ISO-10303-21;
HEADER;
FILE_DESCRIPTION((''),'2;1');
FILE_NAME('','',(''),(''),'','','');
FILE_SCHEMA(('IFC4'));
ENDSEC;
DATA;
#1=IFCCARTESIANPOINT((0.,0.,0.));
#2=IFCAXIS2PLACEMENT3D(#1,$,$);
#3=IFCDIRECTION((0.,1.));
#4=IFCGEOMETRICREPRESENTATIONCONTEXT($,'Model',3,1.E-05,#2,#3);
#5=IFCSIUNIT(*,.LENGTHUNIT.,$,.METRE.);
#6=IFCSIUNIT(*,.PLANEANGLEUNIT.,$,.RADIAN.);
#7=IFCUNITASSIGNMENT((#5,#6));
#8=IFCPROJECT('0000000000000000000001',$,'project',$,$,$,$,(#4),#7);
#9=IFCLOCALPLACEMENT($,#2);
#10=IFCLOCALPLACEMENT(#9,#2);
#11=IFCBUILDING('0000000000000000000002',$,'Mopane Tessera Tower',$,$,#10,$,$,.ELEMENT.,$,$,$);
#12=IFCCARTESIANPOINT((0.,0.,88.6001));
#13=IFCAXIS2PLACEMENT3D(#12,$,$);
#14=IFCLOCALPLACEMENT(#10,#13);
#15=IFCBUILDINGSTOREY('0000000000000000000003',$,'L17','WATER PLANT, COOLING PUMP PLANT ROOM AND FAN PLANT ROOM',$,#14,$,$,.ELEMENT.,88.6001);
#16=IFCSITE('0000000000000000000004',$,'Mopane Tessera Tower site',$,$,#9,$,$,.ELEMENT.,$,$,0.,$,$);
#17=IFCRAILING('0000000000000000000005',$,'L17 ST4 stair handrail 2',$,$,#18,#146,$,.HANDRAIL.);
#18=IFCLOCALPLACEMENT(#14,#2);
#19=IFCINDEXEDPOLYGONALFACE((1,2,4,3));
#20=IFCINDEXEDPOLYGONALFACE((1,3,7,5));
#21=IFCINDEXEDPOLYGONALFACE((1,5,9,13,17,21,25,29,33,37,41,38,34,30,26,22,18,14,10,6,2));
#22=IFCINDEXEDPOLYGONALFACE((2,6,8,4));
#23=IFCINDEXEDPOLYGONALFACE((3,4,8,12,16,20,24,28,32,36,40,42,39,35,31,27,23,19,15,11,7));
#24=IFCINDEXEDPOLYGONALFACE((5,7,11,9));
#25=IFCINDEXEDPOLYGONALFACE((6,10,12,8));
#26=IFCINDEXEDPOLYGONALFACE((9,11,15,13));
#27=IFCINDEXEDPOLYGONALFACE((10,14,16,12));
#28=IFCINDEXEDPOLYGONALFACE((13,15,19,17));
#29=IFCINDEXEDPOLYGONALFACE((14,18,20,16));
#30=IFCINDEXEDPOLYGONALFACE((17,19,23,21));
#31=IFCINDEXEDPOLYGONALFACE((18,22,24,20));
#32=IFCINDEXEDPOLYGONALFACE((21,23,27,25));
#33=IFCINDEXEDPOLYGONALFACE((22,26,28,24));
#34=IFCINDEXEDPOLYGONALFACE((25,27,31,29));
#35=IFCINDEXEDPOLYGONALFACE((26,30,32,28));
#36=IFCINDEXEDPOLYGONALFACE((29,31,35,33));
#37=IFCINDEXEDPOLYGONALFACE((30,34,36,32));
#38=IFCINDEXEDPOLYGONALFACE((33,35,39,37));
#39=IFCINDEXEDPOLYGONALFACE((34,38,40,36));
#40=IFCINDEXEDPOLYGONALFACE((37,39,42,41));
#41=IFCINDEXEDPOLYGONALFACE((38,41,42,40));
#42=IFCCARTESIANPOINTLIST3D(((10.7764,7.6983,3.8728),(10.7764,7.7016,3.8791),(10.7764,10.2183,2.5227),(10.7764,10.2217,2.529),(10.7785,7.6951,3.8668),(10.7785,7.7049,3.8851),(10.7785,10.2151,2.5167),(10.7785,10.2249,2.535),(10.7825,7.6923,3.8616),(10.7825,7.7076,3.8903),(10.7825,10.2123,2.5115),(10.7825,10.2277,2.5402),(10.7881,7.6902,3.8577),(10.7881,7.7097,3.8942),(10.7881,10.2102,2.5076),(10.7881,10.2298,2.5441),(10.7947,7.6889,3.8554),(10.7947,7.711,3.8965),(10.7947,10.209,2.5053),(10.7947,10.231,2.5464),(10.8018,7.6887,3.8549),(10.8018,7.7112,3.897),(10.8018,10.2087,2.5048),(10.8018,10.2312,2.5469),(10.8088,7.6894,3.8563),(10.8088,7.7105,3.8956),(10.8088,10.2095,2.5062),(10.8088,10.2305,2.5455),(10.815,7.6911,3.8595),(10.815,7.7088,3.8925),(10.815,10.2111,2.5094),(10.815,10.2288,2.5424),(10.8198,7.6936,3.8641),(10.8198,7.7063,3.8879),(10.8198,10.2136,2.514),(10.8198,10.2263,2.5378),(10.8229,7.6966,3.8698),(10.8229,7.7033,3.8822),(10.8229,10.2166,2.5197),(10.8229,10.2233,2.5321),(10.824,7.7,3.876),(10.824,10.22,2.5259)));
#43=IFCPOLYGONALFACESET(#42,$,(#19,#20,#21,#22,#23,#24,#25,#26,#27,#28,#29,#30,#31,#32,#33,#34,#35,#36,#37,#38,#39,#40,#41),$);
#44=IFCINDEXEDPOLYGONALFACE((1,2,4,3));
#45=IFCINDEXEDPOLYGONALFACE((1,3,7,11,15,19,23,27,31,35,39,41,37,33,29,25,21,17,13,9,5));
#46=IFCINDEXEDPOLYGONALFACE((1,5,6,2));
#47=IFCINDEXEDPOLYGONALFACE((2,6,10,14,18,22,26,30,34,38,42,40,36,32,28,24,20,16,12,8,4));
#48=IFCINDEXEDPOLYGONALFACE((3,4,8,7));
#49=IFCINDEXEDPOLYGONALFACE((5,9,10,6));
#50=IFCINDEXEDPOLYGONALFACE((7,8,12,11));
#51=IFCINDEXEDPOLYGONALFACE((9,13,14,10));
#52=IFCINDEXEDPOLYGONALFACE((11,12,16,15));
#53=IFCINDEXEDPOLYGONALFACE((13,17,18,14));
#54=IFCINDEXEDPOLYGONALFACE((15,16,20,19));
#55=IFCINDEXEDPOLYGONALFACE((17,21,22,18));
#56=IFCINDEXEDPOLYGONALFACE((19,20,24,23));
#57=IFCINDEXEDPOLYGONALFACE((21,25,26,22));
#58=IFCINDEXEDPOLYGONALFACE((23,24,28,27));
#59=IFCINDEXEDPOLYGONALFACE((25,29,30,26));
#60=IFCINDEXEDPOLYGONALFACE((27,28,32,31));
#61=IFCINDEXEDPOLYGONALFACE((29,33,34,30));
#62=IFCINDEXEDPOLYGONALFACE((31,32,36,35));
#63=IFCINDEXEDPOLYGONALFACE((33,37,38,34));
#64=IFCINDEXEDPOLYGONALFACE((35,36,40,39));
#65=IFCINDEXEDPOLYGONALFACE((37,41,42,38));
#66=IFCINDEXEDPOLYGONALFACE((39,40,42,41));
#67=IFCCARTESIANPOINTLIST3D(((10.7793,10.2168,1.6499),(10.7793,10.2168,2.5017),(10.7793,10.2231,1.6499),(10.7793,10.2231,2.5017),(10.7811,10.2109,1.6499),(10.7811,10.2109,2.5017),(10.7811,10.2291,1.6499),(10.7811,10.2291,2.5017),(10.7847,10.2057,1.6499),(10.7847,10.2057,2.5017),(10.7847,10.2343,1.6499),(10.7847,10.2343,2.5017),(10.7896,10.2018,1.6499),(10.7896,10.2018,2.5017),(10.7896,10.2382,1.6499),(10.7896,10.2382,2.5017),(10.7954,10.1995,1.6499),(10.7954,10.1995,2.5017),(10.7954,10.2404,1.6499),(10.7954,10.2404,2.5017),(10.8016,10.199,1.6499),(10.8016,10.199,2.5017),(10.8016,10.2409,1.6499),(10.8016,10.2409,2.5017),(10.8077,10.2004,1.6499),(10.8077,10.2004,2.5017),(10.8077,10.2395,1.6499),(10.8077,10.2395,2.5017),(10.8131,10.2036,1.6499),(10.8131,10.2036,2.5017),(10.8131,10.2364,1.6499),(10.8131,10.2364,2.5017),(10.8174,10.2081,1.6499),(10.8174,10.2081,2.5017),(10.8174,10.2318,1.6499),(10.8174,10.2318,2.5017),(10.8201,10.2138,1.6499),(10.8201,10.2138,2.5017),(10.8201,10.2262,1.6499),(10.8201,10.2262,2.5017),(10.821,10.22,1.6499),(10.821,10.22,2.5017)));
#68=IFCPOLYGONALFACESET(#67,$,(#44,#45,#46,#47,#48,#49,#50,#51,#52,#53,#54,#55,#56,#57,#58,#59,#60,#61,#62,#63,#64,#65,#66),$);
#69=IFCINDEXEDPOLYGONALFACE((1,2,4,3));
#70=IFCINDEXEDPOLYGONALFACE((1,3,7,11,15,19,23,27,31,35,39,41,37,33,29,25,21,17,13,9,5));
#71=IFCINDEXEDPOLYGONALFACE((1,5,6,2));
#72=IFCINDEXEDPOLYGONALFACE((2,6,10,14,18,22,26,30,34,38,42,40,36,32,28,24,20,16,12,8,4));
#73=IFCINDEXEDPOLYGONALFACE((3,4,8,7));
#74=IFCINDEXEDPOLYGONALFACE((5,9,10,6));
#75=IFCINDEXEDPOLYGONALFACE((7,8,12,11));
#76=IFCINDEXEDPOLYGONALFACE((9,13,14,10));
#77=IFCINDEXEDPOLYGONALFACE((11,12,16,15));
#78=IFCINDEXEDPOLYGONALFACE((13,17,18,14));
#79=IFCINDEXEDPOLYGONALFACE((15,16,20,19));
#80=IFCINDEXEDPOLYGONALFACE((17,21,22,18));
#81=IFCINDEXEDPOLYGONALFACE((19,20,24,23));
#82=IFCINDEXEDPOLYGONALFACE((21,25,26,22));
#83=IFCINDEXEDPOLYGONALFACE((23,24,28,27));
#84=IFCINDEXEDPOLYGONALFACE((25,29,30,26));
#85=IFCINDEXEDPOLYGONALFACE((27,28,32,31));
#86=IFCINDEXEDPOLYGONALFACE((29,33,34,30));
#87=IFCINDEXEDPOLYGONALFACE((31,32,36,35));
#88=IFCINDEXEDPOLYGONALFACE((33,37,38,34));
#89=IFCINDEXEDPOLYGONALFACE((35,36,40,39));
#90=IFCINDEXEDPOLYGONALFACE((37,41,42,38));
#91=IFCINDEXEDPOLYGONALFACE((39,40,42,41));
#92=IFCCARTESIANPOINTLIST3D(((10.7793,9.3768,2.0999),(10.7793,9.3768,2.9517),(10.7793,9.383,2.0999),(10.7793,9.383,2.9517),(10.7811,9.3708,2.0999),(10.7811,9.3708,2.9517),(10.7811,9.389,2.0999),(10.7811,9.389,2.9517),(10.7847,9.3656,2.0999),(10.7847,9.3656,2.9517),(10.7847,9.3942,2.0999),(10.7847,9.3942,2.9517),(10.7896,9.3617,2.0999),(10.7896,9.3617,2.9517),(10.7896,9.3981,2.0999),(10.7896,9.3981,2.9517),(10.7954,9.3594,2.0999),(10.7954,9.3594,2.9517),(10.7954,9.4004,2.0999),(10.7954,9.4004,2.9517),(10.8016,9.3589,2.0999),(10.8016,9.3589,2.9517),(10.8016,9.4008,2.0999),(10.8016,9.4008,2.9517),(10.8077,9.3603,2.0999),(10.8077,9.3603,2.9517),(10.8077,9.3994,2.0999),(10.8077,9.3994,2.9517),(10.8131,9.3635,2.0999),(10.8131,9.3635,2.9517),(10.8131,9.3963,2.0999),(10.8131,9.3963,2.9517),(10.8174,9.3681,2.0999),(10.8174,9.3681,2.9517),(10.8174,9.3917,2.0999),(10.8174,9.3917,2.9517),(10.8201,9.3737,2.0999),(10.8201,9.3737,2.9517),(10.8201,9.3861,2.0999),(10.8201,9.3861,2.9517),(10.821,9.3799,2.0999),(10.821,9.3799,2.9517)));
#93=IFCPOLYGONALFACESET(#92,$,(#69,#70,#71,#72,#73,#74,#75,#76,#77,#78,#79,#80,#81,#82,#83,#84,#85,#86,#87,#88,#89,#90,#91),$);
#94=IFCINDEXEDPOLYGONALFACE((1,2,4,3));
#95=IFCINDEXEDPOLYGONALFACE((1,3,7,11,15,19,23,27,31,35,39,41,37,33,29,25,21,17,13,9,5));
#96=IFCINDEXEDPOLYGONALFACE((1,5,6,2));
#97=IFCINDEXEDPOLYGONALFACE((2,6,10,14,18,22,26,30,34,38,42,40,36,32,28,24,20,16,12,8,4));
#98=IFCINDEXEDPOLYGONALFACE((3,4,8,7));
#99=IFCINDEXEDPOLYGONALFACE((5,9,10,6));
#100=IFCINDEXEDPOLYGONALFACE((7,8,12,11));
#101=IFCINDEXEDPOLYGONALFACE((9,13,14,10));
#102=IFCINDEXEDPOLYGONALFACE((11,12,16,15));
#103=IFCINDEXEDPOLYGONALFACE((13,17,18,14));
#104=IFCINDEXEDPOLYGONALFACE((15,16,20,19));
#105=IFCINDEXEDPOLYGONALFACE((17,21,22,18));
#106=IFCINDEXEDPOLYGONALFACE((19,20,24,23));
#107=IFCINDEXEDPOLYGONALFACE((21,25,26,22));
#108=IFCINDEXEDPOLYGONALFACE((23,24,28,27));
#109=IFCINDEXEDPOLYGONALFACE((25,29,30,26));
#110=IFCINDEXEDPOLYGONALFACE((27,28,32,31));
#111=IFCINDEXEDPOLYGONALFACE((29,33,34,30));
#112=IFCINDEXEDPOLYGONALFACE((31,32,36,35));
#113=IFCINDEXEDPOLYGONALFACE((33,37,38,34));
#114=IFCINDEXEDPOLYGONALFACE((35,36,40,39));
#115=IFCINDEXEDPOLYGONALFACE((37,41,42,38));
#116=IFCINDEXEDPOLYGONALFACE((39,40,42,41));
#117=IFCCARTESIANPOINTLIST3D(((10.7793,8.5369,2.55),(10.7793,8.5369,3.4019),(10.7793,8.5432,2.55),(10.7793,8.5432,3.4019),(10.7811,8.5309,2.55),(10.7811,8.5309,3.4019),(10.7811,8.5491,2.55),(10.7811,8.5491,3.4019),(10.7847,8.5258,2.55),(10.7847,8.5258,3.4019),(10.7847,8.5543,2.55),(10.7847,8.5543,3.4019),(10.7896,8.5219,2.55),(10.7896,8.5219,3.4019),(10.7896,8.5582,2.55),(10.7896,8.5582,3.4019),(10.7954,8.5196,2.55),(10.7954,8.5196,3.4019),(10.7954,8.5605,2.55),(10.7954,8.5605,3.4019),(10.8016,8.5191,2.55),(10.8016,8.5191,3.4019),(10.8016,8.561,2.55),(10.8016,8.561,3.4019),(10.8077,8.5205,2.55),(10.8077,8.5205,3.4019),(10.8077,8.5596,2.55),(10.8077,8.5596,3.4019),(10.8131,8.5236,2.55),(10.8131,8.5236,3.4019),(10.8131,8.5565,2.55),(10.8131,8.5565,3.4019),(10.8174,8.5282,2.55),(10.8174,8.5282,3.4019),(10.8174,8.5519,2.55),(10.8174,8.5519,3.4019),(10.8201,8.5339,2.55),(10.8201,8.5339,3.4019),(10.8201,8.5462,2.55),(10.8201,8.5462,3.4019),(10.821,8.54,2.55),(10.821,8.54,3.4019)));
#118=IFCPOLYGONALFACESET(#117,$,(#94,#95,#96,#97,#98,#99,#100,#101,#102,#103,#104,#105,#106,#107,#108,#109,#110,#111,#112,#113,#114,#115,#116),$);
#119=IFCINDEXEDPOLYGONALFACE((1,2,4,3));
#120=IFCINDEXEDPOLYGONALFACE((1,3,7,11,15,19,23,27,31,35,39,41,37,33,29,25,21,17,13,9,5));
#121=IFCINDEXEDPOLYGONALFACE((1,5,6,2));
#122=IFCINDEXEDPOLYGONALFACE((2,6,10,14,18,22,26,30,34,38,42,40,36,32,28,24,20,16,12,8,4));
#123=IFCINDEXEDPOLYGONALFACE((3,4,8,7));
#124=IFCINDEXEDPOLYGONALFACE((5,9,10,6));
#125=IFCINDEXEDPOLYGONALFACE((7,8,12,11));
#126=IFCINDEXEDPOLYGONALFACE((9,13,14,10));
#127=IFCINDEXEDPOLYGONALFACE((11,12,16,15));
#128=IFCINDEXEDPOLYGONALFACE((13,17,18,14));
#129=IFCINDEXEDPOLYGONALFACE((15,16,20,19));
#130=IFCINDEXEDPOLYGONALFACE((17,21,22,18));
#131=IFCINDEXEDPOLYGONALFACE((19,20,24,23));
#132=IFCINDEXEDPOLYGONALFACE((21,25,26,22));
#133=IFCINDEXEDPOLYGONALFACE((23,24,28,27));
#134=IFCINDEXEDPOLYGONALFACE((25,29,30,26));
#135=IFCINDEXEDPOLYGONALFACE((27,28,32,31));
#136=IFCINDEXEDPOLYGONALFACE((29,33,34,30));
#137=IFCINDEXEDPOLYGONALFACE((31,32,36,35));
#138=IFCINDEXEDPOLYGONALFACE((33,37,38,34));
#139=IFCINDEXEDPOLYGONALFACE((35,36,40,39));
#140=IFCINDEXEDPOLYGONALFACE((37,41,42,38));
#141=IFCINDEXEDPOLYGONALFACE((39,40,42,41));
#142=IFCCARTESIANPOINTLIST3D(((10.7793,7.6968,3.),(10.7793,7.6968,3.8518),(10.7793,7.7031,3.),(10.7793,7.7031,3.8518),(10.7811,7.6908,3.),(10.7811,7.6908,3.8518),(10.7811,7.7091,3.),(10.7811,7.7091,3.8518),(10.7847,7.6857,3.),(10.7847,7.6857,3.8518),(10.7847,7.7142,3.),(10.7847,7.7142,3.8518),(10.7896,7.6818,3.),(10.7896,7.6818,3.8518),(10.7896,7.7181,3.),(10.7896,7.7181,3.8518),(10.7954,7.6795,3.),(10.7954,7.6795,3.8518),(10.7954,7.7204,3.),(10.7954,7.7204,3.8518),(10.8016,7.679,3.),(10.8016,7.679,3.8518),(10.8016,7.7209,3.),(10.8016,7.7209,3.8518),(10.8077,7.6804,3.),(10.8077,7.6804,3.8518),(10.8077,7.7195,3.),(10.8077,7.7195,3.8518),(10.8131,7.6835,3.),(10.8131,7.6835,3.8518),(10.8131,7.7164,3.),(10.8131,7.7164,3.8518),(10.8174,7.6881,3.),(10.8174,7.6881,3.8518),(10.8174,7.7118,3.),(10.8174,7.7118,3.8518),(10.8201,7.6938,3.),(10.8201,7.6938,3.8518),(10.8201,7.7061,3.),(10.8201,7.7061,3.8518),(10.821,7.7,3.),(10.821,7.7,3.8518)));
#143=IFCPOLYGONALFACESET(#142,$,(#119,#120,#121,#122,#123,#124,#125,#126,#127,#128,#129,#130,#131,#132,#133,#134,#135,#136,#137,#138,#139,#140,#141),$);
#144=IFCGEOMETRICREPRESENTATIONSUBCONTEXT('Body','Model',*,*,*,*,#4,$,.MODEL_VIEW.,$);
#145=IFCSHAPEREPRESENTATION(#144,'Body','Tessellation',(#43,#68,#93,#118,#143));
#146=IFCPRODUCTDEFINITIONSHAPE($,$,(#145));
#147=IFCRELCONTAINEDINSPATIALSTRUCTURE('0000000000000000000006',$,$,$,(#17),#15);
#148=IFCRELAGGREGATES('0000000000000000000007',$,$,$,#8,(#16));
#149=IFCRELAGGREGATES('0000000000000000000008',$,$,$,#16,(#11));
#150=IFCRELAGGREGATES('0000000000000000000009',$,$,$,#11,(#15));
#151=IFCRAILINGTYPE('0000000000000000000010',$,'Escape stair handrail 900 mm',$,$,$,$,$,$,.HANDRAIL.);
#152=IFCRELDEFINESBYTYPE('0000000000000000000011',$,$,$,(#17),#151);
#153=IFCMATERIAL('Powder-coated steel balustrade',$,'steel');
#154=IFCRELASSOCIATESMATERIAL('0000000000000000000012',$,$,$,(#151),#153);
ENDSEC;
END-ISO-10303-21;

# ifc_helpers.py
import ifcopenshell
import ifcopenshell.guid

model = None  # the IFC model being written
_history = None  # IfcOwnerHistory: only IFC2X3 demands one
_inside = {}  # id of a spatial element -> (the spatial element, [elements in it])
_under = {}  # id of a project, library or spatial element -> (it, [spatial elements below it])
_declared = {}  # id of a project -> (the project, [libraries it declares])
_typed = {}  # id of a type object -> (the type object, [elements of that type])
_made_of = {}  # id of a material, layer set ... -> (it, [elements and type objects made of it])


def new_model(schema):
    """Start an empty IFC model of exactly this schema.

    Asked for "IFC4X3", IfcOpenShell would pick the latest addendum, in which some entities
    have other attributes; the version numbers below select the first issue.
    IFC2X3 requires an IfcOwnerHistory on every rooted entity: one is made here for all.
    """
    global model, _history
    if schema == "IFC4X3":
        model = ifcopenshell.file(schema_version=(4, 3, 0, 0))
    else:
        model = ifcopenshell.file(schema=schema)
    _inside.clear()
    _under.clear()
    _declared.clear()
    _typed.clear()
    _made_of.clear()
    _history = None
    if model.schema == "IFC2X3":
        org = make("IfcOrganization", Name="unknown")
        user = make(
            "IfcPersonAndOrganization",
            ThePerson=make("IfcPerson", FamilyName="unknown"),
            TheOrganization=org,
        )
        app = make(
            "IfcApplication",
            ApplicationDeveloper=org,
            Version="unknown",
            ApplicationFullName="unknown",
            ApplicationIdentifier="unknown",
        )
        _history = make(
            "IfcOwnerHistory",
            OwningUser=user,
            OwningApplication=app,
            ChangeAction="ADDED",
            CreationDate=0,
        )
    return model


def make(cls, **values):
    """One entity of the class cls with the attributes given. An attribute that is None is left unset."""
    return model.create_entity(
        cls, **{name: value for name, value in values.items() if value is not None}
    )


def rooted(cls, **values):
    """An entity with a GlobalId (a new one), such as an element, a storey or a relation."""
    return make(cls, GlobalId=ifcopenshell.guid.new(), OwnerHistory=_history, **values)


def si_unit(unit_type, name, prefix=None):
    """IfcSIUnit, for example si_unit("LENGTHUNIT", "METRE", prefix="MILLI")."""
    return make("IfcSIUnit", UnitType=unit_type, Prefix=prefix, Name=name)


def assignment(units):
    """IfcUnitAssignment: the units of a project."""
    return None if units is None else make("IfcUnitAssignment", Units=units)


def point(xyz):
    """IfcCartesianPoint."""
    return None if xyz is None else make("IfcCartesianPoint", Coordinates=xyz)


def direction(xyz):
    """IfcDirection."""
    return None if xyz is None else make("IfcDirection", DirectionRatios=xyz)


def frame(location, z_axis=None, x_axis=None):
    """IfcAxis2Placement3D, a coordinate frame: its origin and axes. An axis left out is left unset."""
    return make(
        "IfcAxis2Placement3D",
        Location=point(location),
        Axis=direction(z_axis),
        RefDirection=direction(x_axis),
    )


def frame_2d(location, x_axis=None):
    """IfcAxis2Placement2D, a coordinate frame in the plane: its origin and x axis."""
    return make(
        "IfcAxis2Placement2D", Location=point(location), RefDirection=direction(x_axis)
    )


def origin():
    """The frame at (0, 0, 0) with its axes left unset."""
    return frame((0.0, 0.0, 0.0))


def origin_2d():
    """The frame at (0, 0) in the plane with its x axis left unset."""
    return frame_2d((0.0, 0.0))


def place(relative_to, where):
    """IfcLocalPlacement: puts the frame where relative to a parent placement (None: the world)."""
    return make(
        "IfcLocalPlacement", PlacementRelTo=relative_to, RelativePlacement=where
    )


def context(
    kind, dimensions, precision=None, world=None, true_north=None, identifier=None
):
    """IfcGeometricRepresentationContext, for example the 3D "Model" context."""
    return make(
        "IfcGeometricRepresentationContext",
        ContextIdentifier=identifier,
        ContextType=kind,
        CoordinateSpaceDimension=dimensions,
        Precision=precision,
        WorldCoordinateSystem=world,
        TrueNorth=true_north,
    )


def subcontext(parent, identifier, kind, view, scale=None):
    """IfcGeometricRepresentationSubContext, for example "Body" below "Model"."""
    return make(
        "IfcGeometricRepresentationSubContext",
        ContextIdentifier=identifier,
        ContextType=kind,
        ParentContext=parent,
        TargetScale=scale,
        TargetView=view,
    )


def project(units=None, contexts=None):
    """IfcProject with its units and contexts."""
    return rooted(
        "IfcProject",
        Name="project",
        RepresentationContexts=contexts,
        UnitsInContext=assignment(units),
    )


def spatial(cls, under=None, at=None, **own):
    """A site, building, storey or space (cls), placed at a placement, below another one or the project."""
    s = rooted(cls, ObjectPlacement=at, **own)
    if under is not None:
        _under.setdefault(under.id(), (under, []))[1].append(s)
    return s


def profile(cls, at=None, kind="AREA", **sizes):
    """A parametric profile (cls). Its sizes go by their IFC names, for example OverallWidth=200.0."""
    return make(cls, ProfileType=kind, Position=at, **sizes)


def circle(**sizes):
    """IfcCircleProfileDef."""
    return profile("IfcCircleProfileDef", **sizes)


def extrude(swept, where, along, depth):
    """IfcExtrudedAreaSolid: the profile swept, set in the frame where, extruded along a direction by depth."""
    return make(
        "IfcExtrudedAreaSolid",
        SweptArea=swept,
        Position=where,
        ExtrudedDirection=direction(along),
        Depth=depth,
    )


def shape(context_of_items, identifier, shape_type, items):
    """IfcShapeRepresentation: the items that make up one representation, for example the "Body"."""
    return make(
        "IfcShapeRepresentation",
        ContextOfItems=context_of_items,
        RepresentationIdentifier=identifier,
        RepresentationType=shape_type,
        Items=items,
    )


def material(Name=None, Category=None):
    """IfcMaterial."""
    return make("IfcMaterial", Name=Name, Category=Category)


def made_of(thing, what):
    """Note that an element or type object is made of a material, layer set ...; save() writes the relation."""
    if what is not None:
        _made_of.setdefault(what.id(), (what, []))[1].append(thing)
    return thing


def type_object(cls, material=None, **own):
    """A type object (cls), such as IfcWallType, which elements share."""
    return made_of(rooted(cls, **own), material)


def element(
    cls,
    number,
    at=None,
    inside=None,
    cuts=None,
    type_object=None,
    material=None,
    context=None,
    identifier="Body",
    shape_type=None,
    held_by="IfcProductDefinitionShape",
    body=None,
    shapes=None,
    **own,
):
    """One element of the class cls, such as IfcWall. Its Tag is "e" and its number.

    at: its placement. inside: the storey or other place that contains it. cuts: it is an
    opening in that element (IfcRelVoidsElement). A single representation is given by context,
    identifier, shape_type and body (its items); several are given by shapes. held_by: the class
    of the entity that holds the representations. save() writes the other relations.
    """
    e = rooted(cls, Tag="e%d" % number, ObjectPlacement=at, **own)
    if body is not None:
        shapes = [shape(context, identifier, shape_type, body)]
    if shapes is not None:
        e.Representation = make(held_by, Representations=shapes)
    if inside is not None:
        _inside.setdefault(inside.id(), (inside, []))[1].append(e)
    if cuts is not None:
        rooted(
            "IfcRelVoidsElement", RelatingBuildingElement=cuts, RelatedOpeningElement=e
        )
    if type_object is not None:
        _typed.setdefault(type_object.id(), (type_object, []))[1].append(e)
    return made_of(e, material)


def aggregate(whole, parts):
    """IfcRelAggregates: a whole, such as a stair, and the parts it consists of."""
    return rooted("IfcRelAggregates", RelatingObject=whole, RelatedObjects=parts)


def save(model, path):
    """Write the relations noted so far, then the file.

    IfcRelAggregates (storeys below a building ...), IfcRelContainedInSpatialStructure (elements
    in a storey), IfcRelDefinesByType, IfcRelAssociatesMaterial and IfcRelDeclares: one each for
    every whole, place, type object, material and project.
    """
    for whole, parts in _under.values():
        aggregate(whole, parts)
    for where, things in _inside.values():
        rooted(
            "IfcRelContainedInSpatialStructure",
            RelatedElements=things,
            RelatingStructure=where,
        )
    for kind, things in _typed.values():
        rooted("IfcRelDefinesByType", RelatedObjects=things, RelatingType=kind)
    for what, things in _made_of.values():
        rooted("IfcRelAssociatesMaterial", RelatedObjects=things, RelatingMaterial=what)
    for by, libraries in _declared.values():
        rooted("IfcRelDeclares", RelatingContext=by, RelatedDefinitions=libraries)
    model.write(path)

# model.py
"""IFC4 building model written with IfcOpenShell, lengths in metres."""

from ifc_helpers import new_model, si_unit, direction, frame, origin, origin_2d, place, context, subcontext, project, spatial, circle, extrude, material, type_object, element, save


model = new_model("IFC4")

# Units and contexts
model_context = context("Model", 3, precision=1e-05, world=origin(), true_north=direction((0.0, 1.0)))
body_context = subcontext(model_context, "Body", "Model", "MODEL_VIEW")
ifc_project = project(units=[si_unit("LENGTHUNIT", "METRE"), si_unit("PLANEANGLEUNIT", "RADIAN")], contexts=[model_context])

# Site, building, storey
site_placement = place(None, origin())
site = spatial("IfcSite", under=ifc_project, at=site_placement, Name="Mopane Tessera Tower site", CompositionType="ELEMENT", RefElevation=0.0)
building_placement = place(site_placement, origin())
building = spatial("IfcBuilding", under=site, at=building_placement, Name="Mopane Tessera Tower", CompositionType="ELEMENT")
storey_placement = place(building_placement, frame((0.0, 0.0, 88.6001)))
storey = spatial("IfcBuildingStorey", under=building, at=storey_placement, Name="L17", Description="WATER PLANT, COOLING PUMP PLANT ROOM AND FAN PLANT ROOM", CompositionType="ELEMENT", Elevation=88.6001)

# Railing
ifc_material_1 = material(Name="Powder-coated steel balustrade", Category="steel")
railing_type_1 = type_object("IfcRailingType", Name="Escape stair handrail 900 mm", PredefinedType="HANDRAIL", material=ifc_material_1)
railing_1_placement = place(storey_placement, frame((10.8, 10.22, 1.6499)))
element("IfcRailing", 1, at=railing_1_placement, inside=storey, type_object=railing_type_1, Name="L17 ST4 stair handrail 2", PredefinedType="HANDRAIL", context=body_context, shape_type="SweptSolid", body=[
    extrude(circle(Radius=0.0239, at=origin_2d()), frame((0.0, 0.0, 0.876), z_axis=(0.0, -0.881467, 0.472245), x_axis=(1.0, 0.0, 0.0)), (0.0, 0.0, 1.0), 2.8589),
    extrude(circle(Radius=0.021, at=origin_2d()), origin(), (0.0, 0.0, 1.0), 0.8518),
    extrude(circle(Radius=0.021, at=origin_2d()), frame((0.0, -0.8401, 0.45)), (0.0, 0.0, 1.0), 0.8518),
    extrude(circle(Radius=0.021, at=origin_2d()), frame((0.0, -1.6799, 0.9001)), (0.0, 0.0, 1.0), 0.8518),
    extrude(circle(Radius=0.021, at=origin_2d()), frame((0.0, -2.52, 1.3501)), (0.0, 0.0, 1.0), 0.8518),
])

save(model, "model.ifc")
